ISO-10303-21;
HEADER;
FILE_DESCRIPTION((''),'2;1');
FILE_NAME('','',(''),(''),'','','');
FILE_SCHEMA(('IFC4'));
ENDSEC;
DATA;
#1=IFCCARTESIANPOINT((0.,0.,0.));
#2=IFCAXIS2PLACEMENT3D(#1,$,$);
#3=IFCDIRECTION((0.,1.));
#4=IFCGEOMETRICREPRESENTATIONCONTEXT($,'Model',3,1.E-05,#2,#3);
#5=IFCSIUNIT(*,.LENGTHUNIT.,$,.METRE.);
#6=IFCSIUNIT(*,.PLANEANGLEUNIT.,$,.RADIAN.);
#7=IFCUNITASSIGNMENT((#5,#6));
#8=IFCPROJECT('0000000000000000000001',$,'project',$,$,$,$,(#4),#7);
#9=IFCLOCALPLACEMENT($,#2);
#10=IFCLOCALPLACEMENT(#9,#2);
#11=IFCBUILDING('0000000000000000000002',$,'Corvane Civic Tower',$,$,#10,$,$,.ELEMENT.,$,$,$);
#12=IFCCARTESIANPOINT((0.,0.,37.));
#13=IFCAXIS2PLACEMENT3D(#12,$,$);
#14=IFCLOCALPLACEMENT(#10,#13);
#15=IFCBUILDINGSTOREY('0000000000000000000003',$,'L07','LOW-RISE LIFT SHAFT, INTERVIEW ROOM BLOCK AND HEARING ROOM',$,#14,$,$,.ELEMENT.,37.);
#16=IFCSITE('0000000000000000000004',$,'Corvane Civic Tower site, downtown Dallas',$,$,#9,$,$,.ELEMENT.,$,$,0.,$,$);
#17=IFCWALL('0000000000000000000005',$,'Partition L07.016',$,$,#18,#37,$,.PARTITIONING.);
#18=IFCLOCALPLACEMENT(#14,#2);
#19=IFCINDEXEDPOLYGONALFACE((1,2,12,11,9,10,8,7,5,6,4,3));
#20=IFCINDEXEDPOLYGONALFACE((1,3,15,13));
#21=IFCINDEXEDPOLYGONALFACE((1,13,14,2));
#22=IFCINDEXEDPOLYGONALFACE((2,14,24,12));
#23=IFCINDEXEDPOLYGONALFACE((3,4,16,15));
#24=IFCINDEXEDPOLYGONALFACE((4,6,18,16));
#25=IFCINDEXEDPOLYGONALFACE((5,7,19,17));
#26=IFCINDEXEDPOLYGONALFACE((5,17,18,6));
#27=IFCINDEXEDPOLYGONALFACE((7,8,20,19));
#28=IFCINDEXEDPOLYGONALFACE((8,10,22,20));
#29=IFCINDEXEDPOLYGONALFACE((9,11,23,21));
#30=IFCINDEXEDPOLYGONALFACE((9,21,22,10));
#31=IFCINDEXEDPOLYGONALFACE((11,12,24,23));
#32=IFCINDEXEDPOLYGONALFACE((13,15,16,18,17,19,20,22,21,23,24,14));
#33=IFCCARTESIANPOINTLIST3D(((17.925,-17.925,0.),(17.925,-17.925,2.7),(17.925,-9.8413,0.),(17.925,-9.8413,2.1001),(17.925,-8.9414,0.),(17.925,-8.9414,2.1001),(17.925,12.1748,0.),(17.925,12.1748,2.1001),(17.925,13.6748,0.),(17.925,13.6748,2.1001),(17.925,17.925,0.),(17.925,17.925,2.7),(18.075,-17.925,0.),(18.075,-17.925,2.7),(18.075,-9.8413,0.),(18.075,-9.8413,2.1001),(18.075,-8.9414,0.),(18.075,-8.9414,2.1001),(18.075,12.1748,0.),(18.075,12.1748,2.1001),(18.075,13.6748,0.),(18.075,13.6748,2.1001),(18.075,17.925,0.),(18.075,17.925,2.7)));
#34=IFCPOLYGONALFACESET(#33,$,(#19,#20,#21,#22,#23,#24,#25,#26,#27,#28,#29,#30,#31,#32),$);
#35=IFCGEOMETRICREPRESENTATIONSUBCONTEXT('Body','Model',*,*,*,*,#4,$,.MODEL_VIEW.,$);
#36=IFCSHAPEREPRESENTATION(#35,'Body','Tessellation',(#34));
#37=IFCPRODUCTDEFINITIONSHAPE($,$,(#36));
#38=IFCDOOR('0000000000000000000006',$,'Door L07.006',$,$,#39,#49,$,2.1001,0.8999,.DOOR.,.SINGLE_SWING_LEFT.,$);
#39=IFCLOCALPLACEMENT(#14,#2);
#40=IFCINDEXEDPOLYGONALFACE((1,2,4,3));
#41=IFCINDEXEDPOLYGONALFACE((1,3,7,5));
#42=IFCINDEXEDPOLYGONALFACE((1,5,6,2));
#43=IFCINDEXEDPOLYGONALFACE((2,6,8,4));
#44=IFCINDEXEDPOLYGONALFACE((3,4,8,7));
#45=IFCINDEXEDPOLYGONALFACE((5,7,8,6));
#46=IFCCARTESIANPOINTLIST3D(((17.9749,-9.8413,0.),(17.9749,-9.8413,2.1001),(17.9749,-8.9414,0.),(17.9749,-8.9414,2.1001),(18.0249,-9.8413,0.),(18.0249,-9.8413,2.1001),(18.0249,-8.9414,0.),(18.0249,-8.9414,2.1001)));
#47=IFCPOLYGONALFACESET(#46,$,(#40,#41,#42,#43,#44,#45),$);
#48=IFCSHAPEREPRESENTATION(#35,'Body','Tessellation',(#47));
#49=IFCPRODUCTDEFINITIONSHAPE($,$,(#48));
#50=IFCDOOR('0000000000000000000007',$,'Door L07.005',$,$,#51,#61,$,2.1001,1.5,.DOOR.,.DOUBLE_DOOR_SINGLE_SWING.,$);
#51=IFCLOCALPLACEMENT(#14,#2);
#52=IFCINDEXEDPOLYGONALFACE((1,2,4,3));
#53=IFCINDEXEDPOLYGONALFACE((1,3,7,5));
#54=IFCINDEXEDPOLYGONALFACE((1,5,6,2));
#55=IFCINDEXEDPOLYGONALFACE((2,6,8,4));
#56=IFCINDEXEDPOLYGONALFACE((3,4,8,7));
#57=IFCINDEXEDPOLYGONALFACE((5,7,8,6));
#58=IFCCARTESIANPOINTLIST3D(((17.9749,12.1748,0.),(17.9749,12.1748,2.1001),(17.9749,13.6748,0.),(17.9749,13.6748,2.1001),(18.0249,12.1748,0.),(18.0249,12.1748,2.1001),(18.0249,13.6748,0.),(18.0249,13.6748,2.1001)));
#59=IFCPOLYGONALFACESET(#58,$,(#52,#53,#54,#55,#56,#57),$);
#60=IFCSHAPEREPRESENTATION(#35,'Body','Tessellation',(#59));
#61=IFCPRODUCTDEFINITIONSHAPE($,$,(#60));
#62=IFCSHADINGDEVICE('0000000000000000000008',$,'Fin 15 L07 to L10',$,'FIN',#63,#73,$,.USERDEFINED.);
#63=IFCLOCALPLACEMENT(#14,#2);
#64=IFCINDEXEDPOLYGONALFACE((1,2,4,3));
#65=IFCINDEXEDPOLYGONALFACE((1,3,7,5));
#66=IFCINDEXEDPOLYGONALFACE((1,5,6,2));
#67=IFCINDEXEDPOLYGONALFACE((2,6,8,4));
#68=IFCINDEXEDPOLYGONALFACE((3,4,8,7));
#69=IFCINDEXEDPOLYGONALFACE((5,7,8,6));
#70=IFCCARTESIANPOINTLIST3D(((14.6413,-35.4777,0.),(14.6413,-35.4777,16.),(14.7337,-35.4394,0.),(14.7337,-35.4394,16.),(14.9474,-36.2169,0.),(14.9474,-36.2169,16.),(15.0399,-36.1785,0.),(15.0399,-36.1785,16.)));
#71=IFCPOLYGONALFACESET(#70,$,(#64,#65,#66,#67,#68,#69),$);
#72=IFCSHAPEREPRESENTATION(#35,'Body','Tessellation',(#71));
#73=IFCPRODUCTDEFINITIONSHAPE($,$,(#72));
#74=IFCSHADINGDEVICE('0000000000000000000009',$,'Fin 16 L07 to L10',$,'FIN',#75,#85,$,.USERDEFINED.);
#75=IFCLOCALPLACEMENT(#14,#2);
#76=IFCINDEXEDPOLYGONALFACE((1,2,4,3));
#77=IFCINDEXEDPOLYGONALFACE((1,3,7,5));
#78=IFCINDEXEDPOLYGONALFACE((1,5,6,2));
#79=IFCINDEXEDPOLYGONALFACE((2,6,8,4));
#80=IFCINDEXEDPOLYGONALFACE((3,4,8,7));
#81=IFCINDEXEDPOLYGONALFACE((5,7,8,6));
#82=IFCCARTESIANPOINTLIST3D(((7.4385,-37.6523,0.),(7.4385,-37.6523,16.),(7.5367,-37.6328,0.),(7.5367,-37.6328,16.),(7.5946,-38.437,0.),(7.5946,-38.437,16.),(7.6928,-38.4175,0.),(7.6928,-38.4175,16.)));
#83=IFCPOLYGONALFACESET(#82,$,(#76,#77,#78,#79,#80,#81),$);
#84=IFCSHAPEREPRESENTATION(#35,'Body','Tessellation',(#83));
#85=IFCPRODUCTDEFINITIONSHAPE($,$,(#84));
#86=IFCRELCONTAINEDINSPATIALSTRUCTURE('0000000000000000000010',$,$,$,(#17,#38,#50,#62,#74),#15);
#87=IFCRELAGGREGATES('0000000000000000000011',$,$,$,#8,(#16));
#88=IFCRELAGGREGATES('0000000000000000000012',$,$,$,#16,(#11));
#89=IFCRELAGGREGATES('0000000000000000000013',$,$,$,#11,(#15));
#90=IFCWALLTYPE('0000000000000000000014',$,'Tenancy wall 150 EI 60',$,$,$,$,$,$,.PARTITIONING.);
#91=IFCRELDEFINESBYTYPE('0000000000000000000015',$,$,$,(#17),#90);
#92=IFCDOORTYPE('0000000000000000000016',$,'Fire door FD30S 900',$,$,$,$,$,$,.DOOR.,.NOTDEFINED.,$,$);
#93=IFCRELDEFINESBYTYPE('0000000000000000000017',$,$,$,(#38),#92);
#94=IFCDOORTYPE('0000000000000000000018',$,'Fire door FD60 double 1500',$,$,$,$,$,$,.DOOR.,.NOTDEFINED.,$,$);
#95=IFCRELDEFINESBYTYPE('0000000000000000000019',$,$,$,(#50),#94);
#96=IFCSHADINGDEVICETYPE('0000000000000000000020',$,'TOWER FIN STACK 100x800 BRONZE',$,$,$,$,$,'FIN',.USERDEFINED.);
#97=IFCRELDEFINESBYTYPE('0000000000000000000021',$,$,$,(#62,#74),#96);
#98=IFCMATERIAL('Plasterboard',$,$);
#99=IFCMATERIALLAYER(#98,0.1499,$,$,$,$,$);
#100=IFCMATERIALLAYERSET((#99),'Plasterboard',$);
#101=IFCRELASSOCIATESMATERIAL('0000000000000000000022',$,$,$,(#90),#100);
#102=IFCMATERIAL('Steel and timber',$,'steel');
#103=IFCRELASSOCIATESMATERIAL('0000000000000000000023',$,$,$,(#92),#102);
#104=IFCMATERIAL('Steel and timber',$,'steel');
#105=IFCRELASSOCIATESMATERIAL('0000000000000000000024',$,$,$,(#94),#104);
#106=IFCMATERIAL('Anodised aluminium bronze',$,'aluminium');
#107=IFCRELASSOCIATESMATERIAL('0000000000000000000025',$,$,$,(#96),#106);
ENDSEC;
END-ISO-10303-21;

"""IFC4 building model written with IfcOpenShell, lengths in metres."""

from ifc_helpers import new_model, si_unit, direction, frame, frame_2d, origin, origin_2d, place, context, subcontext, project, spatial, rectangle, extrude, material, layer, layer_set, material_profile, profile_set, type_object, element, fill, save


model = new_model("IFC4")

# Units and contexts
model_context = context("Model", 3, precision=1e-05, world=origin(), true_north=direction((0.0, 1.0)))
body_context = subcontext(model_context, "Body", "Model", "MODEL_VIEW")
ifc_project = project(units=[si_unit("LENGTHUNIT", "METRE"), si_unit("PLANEANGLEUNIT", "RADIAN")], contexts=[model_context])

# Site, building, storey
site_placement = place(None, origin())
site = spatial("IfcSite", under=ifc_project, at=site_placement, Name="Corvane Civic Tower site, downtown Dallas", CompositionType="ELEMENT", RefElevation=0.0)
building_placement = place(site_placement, origin())
building = spatial("IfcBuilding", under=site, at=building_placement, Name="Corvane Civic Tower", CompositionType="ELEMENT")
storey_placement = place(building_placement, frame((0.0, 0.0, 37.0)))
storey = spatial("IfcBuildingStorey", under=building, at=storey_placement, Name="L07", Description="LOW-RISE LIFT SHAFT, INTERVIEW ROOM BLOCK AND HEARING ROOM", CompositionType="ELEMENT", Elevation=37.0)

# Wall, openings, doors
ifc_material_1 = material(Name="Plasterboard")
ifc_layer_1 = layer(ifc_material_1, 0.1499)
ifc_layer_set_1 = layer_set([ifc_layer_1], Name="Plasterboard")
wall_type_1 = type_object("IfcWallType", Name="Tenancy wall 150 EI 60", PredefinedType="PARTITIONING", material=ifc_layer_set_1)
wall_1_placement = place(storey_placement, frame((18.0, -17.925, 0.0), z_axis=(0.0, 0.0, 1.0), x_axis=(0.0, 1.0, 0.0)))
wall_1 = element("IfcWall", 1, at=wall_1_placement, inside=storey, type_object=wall_type_1, Name="Partition L07.016", PredefinedType="PARTITIONING", context=body_context, shape_type="SweptSolid", body=[
    extrude(rectangle(XDim=35.8501, YDim=0.1499, at=frame_2d((17.925, 0.0))), origin(), (0.0, 0.0, 1.0), 2.7),
])
opening_1_placement = place(wall_1_placement, frame((30.0999, 0.0, 0.0)))
opening_1 = element("IfcOpeningElement", 2, at=opening_1_placement, cuts=wall_1, PredefinedType="OPENING", context=body_context, shape_type="SweptSolid", body=[
    extrude(rectangle(XDim=1.5, YDim=2.1001, at=frame_2d((0.75, 1.05))), frame((0.0, 0.085, 0.0), z_axis=(0.0, -1.0, 0.0), x_axis=(1.0, 0.0, 0.0)), (0.0, 0.0, 1.0), 0.1699),
])
opening_2_placement = place(wall_1_placement, frame((8.0837, 0.0, 0.0)))
opening_2 = element("IfcOpeningElement", 3, at=opening_2_placement, cuts=wall_1, PredefinedType="OPENING", context=body_context, shape_type="SweptSolid", body=[
    extrude(rectangle(XDim=0.8999, YDim=2.1001, at=frame_2d((0.45, 1.05))), frame((0.0, 0.085, 0.0), z_axis=(0.0, -1.0, 0.0), x_axis=(1.0, 0.0, 0.0)), (0.0, 0.0, 1.0), 0.1699),
])
ifc_material_2 = material(Name="Steel and timber", Category="steel")
door_type_1 = type_object("IfcDoorType", Name="Fire door FD30S 900", OperationType="NOTDEFINED", PredefinedType="DOOR", material=ifc_material_2)
door_1_placement = place(opening_2_placement, frame((0.8999, 0.0, 0.0), z_axis=(0.0, 0.0, 1.0), x_axis=(-1.0, 0.0, 0.0)))
door_1 = element("IfcDoor", 4, at=door_1_placement, inside=storey, type_object=door_type_1, Name="Door L07.006", OperationType="SINGLE_SWING_LEFT", OverallHeight=2.1001, OverallWidth=0.8999, PredefinedType="DOOR", context=body_context, shape_type="SweptSolid", body=[
    extrude(rectangle(XDim=0.8999, YDim=2.1001, at=frame_2d((0.45, 1.05))), frame((0.0, 0.0249, 0.0), z_axis=(0.0, -1.0, 0.0), x_axis=(1.0, 0.0, 0.0)), (0.0, 0.0, 1.0), 0.05),
])
fill(opening_2, door_1)
ifc_material_3 = material(Name="Steel and timber", Category="steel")
door_type_2 = type_object("IfcDoorType", Name="Fire door FD60 double 1500", OperationType="NOTDEFINED", PredefinedType="DOOR", material=ifc_material_3)
door_2_placement = place(opening_1_placement, frame((1.5, 0.0, 0.0), z_axis=(0.0, 0.0, 1.0), x_axis=(-1.0, 0.0, 0.0)))
door_2 = element("IfcDoor", 5, at=door_2_placement, inside=storey, type_object=door_type_2, Name="Door L07.005", OperationType="DOUBLE_DOOR_SINGLE_SWING", OverallHeight=2.1001, OverallWidth=1.5, PredefinedType="DOOR", context=body_context, shape_type="SweptSolid", body=[
    extrude(rectangle(XDim=1.5, YDim=2.1001, at=frame_2d((0.75, 1.05))), frame((0.0, 0.0249, 0.0), z_axis=(0.0, -1.0, 0.0), x_axis=(1.0, 0.0, 0.0)), (0.0, 0.0, 1.0), 0.05),
])
fill(opening_1, door_2)

# Shading devices
ifc_material_4 = material(Name="Anodised aluminium bronze", Category="aluminium")
ifc_material_profile_1 = material_profile(ifc_material_4, rectangle(XDim=0.1001, YDim=0.8, at=origin_2d()), Name="TOWER FIN STACK 100x800 BRONZE")
ifc_profile_set_1 = profile_set([ifc_material_profile_1], Name="Anodised aluminium bronze")
shading_device_type = type_object("IfcShadingDeviceType", Name="TOWER FIN STACK 100x800 BRONZE", ElementType="FIN", PredefinedType="USERDEFINED", material=ifc_profile_set_1)
for number, where, z_axis, x_axis, name in (
    (6, (14.8406, -35.8281, 0.0), (0.0, 0.0, 1.0), (-0.92388, -0.382683, 0.0), "Fin 15 L07 to L10"),
    (7, (7.5657, -38.0349, 0.0), (0.0, 0.0, 1.0), (-0.980785, -0.19509, 0.0), "Fin 16 L07 to L10"),
):
    element("IfcShadingDevice", number, at=place(storey_placement, frame(where, z_axis=z_axis, x_axis=x_axis)), inside=storey, type_object=shading_device_type, Name=name, ObjectType="FIN", PredefinedType="USERDEFINED", context=body_context, shape_type="SweptSolid", body=[
        extrude(rectangle(XDim=0.1001, YDim=0.8, at=origin_2d()), origin(), (0.0, 0.0, 1.0), 16.0),
    ])

save(model, "model.ifc")
